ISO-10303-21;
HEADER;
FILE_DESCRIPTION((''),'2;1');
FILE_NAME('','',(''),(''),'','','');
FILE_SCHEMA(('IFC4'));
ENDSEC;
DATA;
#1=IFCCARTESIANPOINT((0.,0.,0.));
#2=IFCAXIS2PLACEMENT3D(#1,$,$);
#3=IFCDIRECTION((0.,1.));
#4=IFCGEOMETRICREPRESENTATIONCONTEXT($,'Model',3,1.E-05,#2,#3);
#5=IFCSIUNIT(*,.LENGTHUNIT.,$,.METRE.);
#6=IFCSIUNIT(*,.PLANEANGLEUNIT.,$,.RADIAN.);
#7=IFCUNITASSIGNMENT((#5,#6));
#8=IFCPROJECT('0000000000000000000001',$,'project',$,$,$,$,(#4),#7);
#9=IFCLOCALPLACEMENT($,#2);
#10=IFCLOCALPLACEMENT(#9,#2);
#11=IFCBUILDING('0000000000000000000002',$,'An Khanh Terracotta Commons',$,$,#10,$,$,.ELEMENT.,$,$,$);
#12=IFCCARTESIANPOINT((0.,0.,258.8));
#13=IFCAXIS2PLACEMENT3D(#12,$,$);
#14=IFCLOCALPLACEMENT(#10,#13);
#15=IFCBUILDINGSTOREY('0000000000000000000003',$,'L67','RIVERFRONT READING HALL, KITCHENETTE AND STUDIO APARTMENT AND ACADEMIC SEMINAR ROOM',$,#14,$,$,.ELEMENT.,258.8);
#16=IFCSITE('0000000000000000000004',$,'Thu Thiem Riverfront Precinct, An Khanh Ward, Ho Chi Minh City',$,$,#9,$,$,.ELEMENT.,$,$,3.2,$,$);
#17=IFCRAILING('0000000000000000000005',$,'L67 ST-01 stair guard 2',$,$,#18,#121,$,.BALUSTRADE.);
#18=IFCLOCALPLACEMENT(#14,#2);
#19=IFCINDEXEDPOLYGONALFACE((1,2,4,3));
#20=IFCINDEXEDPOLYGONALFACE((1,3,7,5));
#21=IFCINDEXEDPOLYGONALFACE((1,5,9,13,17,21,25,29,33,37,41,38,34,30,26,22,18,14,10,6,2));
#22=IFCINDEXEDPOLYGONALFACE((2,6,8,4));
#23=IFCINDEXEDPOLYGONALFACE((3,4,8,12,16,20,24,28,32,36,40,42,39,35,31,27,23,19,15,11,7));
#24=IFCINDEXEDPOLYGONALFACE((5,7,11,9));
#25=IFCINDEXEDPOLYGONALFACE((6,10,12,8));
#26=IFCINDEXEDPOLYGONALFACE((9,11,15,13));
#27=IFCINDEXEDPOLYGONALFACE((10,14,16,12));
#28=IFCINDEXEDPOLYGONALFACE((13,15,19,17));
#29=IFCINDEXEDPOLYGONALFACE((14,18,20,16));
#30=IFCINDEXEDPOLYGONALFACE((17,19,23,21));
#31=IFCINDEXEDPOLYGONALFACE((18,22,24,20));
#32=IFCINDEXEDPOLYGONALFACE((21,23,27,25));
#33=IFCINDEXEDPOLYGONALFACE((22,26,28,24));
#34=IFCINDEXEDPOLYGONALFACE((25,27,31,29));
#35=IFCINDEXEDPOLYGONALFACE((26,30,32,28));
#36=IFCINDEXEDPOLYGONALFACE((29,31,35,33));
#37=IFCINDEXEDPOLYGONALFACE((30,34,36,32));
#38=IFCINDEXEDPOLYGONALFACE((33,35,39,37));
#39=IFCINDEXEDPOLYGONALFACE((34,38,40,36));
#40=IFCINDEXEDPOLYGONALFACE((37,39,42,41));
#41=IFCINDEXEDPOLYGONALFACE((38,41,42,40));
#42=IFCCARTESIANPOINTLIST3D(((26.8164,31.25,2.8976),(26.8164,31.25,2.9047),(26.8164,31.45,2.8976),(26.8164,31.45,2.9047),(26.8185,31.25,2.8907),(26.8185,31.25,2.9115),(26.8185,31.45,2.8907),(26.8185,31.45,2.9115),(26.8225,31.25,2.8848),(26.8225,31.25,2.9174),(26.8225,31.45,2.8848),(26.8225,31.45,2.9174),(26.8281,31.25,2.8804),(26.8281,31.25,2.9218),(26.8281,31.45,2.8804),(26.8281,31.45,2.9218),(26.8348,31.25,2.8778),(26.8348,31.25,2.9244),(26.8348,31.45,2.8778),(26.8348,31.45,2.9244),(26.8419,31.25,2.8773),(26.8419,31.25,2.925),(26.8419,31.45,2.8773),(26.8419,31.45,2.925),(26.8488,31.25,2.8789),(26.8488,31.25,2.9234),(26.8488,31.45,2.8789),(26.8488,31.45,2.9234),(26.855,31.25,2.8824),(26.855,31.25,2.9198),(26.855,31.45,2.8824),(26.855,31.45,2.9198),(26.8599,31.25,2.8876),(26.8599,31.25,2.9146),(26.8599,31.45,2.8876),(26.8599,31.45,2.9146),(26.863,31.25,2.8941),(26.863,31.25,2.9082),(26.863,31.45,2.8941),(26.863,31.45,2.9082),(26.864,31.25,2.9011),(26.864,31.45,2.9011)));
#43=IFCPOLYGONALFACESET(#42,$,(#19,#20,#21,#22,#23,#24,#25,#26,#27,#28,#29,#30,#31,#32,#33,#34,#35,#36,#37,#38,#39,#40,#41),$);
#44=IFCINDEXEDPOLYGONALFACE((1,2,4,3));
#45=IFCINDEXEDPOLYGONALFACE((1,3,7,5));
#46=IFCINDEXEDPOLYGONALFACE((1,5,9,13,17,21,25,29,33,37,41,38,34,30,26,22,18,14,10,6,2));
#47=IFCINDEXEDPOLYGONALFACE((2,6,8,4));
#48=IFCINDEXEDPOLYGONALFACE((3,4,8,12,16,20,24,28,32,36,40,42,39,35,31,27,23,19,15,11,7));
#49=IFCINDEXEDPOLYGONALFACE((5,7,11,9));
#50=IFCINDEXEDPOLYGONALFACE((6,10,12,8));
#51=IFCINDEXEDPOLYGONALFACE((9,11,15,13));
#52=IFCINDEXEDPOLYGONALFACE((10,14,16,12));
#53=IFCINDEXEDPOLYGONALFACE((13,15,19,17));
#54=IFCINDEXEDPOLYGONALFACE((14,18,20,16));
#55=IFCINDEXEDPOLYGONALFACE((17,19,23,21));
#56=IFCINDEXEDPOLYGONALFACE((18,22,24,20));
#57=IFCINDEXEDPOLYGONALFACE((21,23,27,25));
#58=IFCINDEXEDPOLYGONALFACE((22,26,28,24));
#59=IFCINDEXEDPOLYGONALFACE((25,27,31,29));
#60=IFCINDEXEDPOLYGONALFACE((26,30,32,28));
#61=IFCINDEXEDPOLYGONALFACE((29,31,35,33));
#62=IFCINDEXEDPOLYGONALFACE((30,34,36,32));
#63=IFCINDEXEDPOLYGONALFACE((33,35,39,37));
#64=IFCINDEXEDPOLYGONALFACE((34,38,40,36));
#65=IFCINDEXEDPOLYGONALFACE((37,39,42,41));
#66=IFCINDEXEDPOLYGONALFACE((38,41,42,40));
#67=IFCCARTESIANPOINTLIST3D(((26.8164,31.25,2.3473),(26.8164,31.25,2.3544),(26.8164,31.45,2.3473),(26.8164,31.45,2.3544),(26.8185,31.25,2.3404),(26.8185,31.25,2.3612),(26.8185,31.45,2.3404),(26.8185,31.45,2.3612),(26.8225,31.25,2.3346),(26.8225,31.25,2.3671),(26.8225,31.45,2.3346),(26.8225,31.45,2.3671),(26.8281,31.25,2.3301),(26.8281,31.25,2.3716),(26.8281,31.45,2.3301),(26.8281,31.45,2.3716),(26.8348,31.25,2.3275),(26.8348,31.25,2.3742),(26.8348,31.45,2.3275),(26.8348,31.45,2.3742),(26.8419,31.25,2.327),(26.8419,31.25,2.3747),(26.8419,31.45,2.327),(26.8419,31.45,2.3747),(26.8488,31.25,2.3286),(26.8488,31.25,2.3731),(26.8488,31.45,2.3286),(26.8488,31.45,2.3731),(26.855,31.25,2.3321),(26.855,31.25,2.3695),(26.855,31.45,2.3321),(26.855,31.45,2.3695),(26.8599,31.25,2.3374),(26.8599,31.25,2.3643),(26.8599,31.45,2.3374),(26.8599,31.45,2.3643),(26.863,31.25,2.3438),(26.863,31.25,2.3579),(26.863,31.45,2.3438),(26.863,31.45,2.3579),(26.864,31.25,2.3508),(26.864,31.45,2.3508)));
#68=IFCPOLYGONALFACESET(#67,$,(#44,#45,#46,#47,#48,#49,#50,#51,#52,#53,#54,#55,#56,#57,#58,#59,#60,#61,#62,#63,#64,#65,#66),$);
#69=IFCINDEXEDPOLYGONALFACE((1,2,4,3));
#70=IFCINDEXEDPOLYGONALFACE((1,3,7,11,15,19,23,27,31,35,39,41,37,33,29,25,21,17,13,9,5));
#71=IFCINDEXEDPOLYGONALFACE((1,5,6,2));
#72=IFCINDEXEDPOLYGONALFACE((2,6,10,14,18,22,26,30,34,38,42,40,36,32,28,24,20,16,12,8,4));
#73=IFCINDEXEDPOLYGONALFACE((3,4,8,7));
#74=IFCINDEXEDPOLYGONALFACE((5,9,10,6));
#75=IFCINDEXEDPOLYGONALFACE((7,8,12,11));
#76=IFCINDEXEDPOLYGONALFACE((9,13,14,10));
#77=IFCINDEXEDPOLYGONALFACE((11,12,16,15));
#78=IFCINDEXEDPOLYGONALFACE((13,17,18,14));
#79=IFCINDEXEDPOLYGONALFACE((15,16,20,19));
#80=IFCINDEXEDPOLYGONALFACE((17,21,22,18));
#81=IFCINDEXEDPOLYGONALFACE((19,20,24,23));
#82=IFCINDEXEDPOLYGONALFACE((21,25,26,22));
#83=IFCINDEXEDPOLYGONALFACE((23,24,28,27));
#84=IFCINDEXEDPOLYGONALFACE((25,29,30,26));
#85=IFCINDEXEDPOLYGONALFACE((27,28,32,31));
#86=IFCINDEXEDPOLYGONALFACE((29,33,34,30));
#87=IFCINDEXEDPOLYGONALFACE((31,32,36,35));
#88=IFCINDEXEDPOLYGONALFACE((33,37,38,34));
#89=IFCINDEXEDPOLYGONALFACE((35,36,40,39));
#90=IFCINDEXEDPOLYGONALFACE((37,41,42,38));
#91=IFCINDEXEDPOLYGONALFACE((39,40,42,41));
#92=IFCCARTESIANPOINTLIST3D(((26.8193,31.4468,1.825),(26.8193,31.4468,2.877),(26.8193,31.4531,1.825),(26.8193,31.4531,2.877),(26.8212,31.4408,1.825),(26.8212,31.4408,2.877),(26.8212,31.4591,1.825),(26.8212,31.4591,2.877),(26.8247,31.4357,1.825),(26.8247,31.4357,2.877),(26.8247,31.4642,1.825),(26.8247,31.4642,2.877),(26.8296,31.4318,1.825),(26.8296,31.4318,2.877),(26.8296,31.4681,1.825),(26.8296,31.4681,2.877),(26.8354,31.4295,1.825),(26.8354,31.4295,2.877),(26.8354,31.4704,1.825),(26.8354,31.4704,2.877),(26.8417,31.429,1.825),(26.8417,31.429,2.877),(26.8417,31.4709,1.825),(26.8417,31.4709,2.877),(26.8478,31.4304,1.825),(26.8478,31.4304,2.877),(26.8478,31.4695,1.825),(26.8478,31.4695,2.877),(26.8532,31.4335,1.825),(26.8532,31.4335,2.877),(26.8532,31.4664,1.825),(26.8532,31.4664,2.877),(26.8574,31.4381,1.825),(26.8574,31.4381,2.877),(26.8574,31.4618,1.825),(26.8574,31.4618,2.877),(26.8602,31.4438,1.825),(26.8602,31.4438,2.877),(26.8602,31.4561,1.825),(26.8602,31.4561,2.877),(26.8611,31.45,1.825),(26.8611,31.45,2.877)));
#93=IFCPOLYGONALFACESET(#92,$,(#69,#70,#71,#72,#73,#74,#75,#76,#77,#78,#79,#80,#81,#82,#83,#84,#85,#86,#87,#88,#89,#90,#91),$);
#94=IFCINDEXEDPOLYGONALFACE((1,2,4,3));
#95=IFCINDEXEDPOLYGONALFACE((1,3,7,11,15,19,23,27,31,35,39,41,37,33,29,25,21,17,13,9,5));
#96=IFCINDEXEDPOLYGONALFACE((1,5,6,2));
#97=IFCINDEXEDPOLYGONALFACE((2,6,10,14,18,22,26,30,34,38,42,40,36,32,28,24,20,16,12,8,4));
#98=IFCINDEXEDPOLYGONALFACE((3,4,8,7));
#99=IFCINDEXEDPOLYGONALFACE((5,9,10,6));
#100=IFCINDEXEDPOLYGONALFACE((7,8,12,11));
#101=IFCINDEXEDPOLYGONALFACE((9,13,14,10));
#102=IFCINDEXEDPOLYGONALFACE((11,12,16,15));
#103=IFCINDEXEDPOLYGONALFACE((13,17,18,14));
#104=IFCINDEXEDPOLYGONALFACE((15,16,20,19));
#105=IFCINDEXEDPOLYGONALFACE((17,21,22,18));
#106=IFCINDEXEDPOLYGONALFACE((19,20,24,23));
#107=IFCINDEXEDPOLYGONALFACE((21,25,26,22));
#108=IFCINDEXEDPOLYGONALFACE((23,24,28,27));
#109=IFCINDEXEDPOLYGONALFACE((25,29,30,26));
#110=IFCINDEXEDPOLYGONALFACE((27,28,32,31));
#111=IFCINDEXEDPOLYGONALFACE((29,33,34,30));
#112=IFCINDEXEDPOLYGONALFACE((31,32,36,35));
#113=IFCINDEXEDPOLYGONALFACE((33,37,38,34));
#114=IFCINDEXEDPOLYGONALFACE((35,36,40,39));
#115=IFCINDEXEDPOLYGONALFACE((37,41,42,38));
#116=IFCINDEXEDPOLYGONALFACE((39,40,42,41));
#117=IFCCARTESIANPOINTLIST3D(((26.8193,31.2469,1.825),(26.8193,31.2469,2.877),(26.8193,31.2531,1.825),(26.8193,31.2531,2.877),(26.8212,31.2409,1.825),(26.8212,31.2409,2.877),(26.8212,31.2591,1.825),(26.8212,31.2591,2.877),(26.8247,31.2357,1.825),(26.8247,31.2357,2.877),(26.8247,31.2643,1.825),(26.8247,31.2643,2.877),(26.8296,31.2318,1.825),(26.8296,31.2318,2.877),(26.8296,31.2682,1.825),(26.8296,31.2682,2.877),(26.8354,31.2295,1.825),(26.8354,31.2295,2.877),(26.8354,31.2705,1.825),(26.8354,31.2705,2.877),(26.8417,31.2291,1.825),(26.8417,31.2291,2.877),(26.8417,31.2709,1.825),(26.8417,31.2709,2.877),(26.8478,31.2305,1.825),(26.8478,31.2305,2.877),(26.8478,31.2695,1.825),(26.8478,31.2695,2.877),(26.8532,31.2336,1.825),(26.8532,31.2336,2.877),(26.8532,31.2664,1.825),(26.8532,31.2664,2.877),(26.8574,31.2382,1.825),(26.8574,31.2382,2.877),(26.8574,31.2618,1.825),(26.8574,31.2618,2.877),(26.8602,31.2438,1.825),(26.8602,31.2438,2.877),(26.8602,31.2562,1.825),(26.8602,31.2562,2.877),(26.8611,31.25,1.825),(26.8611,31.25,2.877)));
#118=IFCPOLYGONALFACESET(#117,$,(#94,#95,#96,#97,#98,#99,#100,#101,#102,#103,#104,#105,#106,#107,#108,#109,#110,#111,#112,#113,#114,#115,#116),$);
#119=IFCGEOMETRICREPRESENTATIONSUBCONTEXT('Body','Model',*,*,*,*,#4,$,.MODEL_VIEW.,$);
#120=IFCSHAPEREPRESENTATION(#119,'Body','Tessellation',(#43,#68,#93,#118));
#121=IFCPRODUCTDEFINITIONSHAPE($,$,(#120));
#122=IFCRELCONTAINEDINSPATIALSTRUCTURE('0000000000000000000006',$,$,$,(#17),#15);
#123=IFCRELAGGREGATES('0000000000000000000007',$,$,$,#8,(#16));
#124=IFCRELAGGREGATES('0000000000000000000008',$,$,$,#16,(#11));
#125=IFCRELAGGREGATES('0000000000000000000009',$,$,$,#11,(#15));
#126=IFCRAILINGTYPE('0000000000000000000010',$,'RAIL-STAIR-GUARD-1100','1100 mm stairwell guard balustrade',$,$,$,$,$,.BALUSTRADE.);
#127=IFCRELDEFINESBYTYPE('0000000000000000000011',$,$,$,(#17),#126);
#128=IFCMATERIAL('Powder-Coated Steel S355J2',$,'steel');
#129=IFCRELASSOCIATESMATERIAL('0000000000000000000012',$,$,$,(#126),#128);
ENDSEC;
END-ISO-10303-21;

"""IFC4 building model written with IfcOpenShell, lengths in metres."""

from ifc_helpers import new_model, si_unit, direction, frame, origin, origin_2d, place, context, subcontext, project, spatial, circle, extrude, material, type_object, element, save


model = new_model("IFC4")

# Units and contexts
model_context = context("Model", 3, precision=1e-05, world=origin(), true_north=direction((0.0, 1.0)))
body_context = subcontext(model_context, "Body", "Model", "MODEL_VIEW")
ifc_project = project(units=[si_unit("LENGTHUNIT", "METRE"), si_unit("PLANEANGLEUNIT", "RADIAN")], contexts=[model_context])

# Site, building, storey
site_placement = place(None, origin())
site = spatial("IfcSite", under=ifc_project, at=site_placement, Name="Thu Thiem Riverfront Precinct, An Khanh Ward, Ho Chi Minh City", CompositionType="ELEMENT", RefElevation=3.2)
building_placement = place(site_placement, origin())
building = spatial("IfcBuilding", under=site, at=building_placement, Name="An Khanh Terracotta Commons", CompositionType="ELEMENT")
storey_placement = place(building_placement, frame((0.0, 0.0, 258.8)))
storey = spatial("IfcBuildingStorey", under=building, at=storey_placement, Name="L67", Description="RIVERFRONT READING HALL, KITCHENETTE AND STUDIO APARTMENT AND ACADEMIC SEMINAR ROOM", CompositionType="ELEMENT", Elevation=258.8)

# Railing
ifc_material_1 = material(Name="Powder-Coated Steel S355J2", Category="steel")
railing_type_1 = type_object("IfcRailingType", Name="RAIL-STAIR-GUARD-1100", Description="1100 mm stairwell guard balustrade", PredefinedType="BALUSTRADE", material=ifc_material_1)
railing_1_placement = place(storey_placement, frame((26.8401, 31.45, 1.825)))
element("IfcRailing", 1, at=railing_1_placement, inside=storey, type_object=railing_type_1, Name="L67 ST-01 stair guard 2", PredefinedType="BALUSTRADE", context=body_context, shape_type="SweptSolid", body=[
    extrude(circle(Radius=0.0239, at=origin_2d()), frame((0.0, 0.0, 1.0762), z_axis=(0.0, -1.0, 0.0), x_axis=(1.0, 0.0, 0.0)), (0.0, 0.0, 1.0), 0.2),
    extrude(circle(Radius=0.0239, at=origin_2d()), frame((0.0, 0.0, 0.5259), z_axis=(0.0, -1.0, 0.0), x_axis=(1.0, 0.0, 0.0)), (0.0, 0.0, 1.0), 0.2),
    extrude(circle(Radius=0.021, at=origin_2d()), origin(), (0.0, 0.0, 1.0), 1.052),
    extrude(circle(Radius=0.021, at=origin_2d()), frame((0.0, -0.2, 0.0)), (0.0, 0.0, 1.0), 1.052),
])

save(model, "model.ifc")
